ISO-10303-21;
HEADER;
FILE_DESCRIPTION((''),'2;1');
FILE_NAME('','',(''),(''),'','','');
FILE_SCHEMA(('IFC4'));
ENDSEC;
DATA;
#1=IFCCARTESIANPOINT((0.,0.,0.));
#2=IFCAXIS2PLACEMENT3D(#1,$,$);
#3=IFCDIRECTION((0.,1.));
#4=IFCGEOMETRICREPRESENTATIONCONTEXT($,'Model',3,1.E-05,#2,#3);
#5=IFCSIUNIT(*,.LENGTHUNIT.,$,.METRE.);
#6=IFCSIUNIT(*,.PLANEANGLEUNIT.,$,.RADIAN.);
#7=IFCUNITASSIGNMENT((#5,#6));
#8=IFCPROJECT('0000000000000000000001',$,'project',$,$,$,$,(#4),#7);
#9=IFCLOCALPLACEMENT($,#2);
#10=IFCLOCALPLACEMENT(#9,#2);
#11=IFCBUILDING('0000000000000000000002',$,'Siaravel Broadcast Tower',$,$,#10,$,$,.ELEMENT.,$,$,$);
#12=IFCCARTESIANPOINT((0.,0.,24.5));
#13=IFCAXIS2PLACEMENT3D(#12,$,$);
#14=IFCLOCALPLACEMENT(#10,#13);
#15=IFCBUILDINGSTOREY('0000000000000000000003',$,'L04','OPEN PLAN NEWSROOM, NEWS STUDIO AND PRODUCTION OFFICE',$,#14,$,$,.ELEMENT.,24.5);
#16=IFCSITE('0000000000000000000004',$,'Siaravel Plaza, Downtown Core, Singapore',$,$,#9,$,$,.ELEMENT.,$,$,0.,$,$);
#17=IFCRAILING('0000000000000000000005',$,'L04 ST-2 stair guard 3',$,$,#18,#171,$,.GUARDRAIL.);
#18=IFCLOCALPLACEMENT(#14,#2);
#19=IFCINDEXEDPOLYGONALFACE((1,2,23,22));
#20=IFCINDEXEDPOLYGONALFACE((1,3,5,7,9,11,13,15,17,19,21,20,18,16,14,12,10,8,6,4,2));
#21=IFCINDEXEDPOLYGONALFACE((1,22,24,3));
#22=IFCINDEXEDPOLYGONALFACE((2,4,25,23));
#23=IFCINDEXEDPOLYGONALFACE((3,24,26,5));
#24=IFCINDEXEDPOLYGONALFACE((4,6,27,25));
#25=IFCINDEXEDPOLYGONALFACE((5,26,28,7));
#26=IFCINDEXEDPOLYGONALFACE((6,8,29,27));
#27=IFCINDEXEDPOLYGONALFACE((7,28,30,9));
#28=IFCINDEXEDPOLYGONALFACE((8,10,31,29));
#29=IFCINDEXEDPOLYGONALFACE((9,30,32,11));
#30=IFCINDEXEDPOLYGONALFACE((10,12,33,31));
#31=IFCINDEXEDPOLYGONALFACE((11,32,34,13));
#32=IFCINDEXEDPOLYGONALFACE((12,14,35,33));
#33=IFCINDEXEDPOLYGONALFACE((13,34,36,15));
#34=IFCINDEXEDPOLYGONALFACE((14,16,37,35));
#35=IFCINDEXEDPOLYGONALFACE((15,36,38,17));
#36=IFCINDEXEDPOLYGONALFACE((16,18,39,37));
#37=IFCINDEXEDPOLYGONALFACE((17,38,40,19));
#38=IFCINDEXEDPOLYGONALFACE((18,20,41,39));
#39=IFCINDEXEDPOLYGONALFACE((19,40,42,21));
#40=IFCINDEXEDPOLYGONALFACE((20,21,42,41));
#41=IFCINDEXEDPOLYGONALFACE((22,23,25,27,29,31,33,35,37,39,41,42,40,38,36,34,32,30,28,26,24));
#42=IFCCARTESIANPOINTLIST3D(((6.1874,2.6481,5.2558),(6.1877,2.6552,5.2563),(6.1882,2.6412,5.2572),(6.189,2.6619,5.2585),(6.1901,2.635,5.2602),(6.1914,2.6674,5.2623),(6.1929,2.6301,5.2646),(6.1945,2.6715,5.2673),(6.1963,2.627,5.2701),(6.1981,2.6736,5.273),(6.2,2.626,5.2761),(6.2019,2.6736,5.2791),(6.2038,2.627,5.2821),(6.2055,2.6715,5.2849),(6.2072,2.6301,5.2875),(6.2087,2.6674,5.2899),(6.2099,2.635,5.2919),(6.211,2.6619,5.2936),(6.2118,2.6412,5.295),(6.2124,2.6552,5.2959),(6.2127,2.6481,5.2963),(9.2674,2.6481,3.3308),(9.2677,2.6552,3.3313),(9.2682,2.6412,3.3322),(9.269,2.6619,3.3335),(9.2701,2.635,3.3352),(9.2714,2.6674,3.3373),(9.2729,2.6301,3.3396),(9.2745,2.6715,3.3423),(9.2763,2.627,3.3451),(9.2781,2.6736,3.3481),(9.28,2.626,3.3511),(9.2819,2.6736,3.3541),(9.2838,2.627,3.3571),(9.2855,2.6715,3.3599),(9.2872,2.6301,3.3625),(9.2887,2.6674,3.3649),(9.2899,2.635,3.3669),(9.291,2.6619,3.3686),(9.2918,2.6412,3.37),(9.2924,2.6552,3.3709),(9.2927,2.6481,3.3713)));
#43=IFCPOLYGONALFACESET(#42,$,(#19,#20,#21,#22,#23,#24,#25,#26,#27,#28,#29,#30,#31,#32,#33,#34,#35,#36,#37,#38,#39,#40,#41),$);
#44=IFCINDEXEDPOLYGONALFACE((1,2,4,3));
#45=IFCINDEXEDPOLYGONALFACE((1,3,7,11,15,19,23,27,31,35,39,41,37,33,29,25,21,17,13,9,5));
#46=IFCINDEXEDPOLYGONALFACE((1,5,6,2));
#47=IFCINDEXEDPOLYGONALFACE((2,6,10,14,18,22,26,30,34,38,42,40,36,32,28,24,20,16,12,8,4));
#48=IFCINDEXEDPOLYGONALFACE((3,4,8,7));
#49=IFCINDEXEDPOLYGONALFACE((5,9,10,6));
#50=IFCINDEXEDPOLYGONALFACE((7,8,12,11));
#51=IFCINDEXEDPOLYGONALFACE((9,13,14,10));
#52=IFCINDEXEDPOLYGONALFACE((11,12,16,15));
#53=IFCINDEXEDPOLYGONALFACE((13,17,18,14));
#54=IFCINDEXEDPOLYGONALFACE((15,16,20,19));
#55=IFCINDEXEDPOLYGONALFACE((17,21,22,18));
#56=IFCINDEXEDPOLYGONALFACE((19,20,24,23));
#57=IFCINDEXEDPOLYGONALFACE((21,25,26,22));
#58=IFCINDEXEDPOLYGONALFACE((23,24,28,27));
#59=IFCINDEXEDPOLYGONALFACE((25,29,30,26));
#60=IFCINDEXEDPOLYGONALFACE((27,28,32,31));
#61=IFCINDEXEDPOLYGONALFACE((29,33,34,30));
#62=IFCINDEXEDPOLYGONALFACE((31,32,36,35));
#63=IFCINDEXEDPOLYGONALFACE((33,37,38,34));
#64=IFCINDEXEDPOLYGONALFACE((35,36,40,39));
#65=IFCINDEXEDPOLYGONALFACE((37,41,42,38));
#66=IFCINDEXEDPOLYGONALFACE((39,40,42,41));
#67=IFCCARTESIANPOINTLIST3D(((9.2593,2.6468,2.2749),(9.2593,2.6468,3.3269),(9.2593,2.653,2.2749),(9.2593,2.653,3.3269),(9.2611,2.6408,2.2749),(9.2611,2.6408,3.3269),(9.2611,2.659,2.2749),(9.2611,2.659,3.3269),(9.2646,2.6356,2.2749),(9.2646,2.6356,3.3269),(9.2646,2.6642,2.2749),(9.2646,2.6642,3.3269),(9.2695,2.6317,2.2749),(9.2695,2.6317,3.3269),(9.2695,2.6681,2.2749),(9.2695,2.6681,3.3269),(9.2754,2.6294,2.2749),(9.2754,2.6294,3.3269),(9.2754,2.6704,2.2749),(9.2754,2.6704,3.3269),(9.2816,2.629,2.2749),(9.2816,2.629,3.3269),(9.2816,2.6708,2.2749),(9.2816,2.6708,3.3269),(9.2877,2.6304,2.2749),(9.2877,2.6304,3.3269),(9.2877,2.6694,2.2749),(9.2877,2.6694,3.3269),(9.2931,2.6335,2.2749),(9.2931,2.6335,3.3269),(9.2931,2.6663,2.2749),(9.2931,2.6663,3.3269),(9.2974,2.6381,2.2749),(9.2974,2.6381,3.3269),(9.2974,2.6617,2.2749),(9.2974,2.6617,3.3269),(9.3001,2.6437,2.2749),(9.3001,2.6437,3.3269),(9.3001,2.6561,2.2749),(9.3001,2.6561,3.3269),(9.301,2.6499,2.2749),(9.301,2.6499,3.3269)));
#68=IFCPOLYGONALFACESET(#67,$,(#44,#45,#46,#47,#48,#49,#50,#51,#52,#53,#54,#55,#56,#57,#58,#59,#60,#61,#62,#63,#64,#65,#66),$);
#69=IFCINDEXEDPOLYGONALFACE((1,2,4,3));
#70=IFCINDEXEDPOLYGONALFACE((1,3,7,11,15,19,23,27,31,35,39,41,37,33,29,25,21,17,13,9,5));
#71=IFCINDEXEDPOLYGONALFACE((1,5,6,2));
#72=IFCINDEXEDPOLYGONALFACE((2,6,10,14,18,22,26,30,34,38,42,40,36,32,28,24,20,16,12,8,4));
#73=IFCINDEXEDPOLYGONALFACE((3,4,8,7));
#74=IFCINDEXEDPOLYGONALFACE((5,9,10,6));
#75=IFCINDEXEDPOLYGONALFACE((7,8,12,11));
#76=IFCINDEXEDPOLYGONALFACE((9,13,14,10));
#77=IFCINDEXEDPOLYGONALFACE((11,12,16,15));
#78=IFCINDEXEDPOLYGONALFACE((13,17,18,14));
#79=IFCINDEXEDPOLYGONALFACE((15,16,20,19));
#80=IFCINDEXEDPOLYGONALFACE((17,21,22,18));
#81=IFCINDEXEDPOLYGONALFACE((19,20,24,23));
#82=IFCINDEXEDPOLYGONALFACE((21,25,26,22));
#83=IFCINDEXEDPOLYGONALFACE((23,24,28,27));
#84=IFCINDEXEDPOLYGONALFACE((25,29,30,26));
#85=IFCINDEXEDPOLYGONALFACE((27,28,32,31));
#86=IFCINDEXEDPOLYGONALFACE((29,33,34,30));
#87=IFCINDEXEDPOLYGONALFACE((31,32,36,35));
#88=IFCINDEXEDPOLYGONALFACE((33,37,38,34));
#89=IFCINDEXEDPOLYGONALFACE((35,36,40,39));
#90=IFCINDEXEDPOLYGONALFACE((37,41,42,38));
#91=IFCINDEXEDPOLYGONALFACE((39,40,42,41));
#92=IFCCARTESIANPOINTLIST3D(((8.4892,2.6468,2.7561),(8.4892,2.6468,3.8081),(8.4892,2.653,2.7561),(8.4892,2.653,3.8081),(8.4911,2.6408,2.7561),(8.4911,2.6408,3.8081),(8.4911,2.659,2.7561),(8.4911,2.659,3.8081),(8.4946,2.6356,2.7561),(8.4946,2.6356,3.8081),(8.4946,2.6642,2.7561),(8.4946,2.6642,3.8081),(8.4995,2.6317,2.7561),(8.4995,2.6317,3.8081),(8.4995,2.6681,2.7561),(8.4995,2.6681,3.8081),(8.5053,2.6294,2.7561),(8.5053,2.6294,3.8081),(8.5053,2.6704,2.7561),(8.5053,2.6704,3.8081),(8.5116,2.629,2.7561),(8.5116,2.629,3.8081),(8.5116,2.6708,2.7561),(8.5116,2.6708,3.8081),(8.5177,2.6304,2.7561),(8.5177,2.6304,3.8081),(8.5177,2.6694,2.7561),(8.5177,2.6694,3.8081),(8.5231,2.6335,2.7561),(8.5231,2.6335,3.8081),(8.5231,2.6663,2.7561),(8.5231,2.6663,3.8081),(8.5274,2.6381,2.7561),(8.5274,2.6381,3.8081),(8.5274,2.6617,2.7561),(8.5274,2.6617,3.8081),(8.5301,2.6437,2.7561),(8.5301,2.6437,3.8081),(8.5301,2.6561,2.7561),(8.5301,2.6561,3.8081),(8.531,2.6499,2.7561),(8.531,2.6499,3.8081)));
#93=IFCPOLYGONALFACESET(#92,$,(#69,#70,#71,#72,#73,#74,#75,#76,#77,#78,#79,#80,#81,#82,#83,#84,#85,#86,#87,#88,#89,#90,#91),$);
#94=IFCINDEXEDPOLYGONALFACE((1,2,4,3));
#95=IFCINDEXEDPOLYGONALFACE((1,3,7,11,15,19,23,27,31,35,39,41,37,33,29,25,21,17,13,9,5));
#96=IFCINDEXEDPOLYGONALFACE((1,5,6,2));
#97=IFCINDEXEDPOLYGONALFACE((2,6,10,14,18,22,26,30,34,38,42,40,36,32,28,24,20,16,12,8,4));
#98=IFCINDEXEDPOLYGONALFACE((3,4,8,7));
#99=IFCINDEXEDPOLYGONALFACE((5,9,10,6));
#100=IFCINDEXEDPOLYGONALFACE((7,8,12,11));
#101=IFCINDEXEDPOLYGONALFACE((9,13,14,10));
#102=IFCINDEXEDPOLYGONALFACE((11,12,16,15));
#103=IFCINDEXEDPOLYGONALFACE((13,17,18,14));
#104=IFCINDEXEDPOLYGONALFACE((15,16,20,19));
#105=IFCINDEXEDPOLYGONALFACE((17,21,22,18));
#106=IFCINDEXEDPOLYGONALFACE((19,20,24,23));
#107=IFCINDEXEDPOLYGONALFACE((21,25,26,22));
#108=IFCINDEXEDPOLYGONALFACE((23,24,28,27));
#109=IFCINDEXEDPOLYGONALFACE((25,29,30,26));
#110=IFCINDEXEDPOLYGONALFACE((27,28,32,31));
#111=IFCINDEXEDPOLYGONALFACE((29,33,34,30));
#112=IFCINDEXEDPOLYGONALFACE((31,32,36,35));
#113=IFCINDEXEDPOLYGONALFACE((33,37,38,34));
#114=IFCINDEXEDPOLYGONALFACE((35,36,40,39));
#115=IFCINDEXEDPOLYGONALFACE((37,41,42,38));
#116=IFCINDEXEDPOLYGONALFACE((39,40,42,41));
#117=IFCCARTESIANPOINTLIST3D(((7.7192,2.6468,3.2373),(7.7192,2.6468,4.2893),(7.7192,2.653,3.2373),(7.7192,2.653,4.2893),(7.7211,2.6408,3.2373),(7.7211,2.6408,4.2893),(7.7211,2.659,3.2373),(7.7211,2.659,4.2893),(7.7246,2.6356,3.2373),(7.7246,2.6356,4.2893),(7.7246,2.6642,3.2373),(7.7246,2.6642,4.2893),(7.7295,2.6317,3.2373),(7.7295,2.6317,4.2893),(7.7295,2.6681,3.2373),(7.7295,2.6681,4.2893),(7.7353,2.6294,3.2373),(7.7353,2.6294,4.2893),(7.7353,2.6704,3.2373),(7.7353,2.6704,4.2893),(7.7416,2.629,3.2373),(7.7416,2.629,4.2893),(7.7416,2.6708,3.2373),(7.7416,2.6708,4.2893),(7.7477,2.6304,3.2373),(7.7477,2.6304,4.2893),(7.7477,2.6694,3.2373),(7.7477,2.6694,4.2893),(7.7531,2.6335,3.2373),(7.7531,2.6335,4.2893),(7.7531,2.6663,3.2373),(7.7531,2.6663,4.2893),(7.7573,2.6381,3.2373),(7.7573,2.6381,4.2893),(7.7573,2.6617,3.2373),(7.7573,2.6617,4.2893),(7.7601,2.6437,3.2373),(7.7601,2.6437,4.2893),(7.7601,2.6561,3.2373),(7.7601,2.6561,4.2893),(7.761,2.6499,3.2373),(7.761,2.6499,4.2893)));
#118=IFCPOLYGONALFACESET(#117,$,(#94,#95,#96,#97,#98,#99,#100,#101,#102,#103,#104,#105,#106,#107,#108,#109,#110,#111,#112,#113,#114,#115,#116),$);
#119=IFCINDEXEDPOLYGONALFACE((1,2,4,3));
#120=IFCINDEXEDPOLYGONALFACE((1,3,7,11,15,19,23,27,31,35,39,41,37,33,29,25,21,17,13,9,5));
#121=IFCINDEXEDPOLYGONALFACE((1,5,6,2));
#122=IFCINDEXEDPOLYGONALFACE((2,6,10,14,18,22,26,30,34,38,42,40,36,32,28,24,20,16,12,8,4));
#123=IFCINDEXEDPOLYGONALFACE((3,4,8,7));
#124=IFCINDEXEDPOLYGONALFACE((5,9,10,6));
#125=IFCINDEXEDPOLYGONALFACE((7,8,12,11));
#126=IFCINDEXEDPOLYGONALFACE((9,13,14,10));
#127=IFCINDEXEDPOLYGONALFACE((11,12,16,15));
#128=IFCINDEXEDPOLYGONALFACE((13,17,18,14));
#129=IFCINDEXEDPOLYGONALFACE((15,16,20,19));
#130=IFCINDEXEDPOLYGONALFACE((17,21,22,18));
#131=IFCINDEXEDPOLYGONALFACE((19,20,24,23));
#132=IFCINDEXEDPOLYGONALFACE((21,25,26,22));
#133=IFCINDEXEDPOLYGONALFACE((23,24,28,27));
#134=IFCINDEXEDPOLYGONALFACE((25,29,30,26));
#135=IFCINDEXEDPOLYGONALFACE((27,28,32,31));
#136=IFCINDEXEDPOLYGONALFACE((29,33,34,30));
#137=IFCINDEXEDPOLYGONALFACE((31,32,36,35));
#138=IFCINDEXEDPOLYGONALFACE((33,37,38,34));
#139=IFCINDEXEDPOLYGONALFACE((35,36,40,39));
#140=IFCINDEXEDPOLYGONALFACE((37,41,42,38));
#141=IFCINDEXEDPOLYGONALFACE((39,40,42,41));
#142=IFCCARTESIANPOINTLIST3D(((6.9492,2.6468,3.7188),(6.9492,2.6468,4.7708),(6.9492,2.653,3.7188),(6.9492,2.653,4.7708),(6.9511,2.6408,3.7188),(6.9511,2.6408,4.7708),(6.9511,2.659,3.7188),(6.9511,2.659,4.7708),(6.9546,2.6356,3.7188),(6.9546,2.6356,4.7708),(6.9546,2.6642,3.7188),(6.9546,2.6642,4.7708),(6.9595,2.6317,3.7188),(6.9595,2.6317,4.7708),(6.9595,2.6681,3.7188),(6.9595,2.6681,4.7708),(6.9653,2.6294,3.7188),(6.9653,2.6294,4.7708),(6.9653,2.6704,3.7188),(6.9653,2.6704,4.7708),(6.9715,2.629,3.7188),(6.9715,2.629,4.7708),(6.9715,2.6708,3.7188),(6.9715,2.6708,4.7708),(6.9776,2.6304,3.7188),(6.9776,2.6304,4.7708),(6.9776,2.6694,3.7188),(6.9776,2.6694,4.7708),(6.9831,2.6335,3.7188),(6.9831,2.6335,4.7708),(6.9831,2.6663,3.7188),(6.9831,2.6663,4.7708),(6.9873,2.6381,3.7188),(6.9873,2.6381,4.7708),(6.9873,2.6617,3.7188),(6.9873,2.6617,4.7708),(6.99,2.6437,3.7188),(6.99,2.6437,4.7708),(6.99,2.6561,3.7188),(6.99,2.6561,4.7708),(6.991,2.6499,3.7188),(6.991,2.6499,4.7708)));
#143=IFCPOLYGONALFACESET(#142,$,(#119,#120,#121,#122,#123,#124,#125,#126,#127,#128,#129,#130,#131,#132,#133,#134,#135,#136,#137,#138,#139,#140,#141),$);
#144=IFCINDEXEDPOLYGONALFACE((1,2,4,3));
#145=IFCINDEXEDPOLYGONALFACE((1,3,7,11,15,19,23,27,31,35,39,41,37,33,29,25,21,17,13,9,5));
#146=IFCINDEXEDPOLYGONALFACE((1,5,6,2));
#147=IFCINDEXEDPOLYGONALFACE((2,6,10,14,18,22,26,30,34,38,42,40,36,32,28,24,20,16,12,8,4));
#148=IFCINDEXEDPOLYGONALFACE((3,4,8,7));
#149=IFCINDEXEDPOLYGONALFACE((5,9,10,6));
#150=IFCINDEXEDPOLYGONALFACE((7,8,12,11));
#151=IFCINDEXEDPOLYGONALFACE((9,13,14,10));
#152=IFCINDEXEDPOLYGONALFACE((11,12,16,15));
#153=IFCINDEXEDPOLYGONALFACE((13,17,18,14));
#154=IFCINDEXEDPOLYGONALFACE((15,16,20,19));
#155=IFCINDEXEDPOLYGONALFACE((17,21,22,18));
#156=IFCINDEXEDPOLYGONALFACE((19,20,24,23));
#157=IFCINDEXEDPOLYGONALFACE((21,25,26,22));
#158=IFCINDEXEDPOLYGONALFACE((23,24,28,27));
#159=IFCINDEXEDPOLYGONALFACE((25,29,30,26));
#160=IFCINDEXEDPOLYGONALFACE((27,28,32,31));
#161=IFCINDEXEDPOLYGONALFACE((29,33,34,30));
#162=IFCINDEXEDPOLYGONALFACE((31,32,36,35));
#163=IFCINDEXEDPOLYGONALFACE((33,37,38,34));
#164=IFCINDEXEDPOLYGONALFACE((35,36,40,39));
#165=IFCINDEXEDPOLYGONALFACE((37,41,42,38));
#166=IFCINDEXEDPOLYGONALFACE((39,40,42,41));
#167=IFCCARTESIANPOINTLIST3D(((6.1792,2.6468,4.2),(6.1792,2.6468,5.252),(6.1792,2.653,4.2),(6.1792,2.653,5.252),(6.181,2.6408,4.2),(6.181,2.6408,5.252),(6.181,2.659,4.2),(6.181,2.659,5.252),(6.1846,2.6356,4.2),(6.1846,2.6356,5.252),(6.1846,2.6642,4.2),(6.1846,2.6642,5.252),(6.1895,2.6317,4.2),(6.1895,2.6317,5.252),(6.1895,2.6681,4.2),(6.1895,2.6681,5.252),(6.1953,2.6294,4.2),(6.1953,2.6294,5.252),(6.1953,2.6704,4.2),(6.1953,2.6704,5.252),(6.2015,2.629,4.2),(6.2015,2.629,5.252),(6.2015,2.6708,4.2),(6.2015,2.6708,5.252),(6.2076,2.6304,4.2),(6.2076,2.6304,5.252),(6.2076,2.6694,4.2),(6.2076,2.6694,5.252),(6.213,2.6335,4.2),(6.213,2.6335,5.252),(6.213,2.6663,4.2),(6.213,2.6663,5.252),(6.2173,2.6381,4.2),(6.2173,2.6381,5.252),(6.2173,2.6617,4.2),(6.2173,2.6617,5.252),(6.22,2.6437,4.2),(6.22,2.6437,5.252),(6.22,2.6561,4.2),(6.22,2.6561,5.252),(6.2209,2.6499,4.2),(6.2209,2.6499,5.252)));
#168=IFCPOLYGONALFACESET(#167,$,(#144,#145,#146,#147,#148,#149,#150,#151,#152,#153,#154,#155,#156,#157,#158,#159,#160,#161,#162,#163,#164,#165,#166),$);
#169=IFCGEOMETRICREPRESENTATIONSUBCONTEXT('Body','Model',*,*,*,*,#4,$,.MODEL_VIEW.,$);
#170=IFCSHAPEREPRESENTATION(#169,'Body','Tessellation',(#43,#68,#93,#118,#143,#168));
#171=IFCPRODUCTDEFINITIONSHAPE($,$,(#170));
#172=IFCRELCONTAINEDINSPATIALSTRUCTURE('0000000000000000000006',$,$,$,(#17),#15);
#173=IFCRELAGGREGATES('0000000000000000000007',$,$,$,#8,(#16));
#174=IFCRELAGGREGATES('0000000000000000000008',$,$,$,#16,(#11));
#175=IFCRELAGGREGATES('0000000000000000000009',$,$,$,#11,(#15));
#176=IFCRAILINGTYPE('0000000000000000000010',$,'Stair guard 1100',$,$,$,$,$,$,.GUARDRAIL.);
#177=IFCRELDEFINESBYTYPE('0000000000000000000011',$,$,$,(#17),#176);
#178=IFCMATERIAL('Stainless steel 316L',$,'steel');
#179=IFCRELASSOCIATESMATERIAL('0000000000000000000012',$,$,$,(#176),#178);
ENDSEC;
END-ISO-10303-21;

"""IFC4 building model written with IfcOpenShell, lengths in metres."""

from ifc_helpers import new_model, si_unit, direction, frame, origin, origin_2d, place, context, subcontext, project, spatial, circle, extrude, material, type_object, element, save


model = new_model("IFC4")

# Units and contexts
model_context = context("Model", 3, precision=1e-05, world=origin(), true_north=direction((0.0, 1.0)))
body_context = subcontext(model_context, "Body", "Model", "MODEL_VIEW")
ifc_project = project(units=[si_unit("LENGTHUNIT", "METRE"), si_unit("PLANEANGLEUNIT", "RADIAN")], contexts=[model_context])

# Site, building, storey
site_placement = place(None, origin())
site = spatial("IfcSite", under=ifc_project, at=site_placement, Name="Siaravel Plaza, Downtown Core, Singapore", CompositionType="ELEMENT", RefElevation=0.0)
building_placement = place(site_placement, origin())
building = spatial("IfcBuilding", under=site, at=building_placement, Name="Siaravel Broadcast Tower", CompositionType="ELEMENT")
storey_placement = place(building_placement, frame((0.0, 0.0, 24.5)))
storey = spatial("IfcBuildingStorey", under=building, at=storey_placement, Name="L04", Description="OPEN PLAN NEWSROOM, NEWS STUDIO AND PRODUCTION OFFICE", CompositionType="ELEMENT", Elevation=24.5)

# Railing
ifc_material_1 = material(Name="Stainless steel 316L", Category="steel")
railing_type_1 = type_object("IfcRailingType", Name="Stair guard 1100", PredefinedType="GUARDRAIL", material=ifc_material_1)
railing_1_placement = place(storey_placement, frame((9.28, 2.6499, 2.2749)))
element("IfcRailing", 1, at=railing_1_placement, inside=storey, type_object=railing_type_1, Name="L04 ST-2 stair guard 3", PredefinedType="GUARDRAIL", context=body_context, shape_type="SweptSolid", body=[
    extrude(circle(Radius=0.0239, at=origin_2d()), frame((0.0, 0.0, 1.0762), z_axis=(-0.847998, 0.0, 0.529999), x_axis=(0.0, -1.0, 0.0)), (0.0, 0.0, 1.0), 3.6321),
    extrude(circle(Radius=0.021, at=origin_2d()), origin(), (0.0, 0.0, 1.0), 1.052),
    extrude(circle(Radius=0.021, at=origin_2d()), frame((-0.77, 0.0, 0.4812)), (0.0, 0.0, 1.0), 1.052),
    extrude(circle(Radius=0.021, at=origin_2d()), frame((-1.54, 0.0, 0.9624)), (0.0, 0.0, 1.0), 1.052),
    extrude(circle(Radius=0.021, at=origin_2d()), frame((-2.3101, 0.0, 1.4438)), (0.0, 0.0, 1.0), 1.052),
    extrude(circle(Radius=0.021, at=origin_2d()), frame((-3.0801, 0.0, 1.925)), (0.0, 0.0, 1.0), 1.052),
])

save(model, "model.ifc")
